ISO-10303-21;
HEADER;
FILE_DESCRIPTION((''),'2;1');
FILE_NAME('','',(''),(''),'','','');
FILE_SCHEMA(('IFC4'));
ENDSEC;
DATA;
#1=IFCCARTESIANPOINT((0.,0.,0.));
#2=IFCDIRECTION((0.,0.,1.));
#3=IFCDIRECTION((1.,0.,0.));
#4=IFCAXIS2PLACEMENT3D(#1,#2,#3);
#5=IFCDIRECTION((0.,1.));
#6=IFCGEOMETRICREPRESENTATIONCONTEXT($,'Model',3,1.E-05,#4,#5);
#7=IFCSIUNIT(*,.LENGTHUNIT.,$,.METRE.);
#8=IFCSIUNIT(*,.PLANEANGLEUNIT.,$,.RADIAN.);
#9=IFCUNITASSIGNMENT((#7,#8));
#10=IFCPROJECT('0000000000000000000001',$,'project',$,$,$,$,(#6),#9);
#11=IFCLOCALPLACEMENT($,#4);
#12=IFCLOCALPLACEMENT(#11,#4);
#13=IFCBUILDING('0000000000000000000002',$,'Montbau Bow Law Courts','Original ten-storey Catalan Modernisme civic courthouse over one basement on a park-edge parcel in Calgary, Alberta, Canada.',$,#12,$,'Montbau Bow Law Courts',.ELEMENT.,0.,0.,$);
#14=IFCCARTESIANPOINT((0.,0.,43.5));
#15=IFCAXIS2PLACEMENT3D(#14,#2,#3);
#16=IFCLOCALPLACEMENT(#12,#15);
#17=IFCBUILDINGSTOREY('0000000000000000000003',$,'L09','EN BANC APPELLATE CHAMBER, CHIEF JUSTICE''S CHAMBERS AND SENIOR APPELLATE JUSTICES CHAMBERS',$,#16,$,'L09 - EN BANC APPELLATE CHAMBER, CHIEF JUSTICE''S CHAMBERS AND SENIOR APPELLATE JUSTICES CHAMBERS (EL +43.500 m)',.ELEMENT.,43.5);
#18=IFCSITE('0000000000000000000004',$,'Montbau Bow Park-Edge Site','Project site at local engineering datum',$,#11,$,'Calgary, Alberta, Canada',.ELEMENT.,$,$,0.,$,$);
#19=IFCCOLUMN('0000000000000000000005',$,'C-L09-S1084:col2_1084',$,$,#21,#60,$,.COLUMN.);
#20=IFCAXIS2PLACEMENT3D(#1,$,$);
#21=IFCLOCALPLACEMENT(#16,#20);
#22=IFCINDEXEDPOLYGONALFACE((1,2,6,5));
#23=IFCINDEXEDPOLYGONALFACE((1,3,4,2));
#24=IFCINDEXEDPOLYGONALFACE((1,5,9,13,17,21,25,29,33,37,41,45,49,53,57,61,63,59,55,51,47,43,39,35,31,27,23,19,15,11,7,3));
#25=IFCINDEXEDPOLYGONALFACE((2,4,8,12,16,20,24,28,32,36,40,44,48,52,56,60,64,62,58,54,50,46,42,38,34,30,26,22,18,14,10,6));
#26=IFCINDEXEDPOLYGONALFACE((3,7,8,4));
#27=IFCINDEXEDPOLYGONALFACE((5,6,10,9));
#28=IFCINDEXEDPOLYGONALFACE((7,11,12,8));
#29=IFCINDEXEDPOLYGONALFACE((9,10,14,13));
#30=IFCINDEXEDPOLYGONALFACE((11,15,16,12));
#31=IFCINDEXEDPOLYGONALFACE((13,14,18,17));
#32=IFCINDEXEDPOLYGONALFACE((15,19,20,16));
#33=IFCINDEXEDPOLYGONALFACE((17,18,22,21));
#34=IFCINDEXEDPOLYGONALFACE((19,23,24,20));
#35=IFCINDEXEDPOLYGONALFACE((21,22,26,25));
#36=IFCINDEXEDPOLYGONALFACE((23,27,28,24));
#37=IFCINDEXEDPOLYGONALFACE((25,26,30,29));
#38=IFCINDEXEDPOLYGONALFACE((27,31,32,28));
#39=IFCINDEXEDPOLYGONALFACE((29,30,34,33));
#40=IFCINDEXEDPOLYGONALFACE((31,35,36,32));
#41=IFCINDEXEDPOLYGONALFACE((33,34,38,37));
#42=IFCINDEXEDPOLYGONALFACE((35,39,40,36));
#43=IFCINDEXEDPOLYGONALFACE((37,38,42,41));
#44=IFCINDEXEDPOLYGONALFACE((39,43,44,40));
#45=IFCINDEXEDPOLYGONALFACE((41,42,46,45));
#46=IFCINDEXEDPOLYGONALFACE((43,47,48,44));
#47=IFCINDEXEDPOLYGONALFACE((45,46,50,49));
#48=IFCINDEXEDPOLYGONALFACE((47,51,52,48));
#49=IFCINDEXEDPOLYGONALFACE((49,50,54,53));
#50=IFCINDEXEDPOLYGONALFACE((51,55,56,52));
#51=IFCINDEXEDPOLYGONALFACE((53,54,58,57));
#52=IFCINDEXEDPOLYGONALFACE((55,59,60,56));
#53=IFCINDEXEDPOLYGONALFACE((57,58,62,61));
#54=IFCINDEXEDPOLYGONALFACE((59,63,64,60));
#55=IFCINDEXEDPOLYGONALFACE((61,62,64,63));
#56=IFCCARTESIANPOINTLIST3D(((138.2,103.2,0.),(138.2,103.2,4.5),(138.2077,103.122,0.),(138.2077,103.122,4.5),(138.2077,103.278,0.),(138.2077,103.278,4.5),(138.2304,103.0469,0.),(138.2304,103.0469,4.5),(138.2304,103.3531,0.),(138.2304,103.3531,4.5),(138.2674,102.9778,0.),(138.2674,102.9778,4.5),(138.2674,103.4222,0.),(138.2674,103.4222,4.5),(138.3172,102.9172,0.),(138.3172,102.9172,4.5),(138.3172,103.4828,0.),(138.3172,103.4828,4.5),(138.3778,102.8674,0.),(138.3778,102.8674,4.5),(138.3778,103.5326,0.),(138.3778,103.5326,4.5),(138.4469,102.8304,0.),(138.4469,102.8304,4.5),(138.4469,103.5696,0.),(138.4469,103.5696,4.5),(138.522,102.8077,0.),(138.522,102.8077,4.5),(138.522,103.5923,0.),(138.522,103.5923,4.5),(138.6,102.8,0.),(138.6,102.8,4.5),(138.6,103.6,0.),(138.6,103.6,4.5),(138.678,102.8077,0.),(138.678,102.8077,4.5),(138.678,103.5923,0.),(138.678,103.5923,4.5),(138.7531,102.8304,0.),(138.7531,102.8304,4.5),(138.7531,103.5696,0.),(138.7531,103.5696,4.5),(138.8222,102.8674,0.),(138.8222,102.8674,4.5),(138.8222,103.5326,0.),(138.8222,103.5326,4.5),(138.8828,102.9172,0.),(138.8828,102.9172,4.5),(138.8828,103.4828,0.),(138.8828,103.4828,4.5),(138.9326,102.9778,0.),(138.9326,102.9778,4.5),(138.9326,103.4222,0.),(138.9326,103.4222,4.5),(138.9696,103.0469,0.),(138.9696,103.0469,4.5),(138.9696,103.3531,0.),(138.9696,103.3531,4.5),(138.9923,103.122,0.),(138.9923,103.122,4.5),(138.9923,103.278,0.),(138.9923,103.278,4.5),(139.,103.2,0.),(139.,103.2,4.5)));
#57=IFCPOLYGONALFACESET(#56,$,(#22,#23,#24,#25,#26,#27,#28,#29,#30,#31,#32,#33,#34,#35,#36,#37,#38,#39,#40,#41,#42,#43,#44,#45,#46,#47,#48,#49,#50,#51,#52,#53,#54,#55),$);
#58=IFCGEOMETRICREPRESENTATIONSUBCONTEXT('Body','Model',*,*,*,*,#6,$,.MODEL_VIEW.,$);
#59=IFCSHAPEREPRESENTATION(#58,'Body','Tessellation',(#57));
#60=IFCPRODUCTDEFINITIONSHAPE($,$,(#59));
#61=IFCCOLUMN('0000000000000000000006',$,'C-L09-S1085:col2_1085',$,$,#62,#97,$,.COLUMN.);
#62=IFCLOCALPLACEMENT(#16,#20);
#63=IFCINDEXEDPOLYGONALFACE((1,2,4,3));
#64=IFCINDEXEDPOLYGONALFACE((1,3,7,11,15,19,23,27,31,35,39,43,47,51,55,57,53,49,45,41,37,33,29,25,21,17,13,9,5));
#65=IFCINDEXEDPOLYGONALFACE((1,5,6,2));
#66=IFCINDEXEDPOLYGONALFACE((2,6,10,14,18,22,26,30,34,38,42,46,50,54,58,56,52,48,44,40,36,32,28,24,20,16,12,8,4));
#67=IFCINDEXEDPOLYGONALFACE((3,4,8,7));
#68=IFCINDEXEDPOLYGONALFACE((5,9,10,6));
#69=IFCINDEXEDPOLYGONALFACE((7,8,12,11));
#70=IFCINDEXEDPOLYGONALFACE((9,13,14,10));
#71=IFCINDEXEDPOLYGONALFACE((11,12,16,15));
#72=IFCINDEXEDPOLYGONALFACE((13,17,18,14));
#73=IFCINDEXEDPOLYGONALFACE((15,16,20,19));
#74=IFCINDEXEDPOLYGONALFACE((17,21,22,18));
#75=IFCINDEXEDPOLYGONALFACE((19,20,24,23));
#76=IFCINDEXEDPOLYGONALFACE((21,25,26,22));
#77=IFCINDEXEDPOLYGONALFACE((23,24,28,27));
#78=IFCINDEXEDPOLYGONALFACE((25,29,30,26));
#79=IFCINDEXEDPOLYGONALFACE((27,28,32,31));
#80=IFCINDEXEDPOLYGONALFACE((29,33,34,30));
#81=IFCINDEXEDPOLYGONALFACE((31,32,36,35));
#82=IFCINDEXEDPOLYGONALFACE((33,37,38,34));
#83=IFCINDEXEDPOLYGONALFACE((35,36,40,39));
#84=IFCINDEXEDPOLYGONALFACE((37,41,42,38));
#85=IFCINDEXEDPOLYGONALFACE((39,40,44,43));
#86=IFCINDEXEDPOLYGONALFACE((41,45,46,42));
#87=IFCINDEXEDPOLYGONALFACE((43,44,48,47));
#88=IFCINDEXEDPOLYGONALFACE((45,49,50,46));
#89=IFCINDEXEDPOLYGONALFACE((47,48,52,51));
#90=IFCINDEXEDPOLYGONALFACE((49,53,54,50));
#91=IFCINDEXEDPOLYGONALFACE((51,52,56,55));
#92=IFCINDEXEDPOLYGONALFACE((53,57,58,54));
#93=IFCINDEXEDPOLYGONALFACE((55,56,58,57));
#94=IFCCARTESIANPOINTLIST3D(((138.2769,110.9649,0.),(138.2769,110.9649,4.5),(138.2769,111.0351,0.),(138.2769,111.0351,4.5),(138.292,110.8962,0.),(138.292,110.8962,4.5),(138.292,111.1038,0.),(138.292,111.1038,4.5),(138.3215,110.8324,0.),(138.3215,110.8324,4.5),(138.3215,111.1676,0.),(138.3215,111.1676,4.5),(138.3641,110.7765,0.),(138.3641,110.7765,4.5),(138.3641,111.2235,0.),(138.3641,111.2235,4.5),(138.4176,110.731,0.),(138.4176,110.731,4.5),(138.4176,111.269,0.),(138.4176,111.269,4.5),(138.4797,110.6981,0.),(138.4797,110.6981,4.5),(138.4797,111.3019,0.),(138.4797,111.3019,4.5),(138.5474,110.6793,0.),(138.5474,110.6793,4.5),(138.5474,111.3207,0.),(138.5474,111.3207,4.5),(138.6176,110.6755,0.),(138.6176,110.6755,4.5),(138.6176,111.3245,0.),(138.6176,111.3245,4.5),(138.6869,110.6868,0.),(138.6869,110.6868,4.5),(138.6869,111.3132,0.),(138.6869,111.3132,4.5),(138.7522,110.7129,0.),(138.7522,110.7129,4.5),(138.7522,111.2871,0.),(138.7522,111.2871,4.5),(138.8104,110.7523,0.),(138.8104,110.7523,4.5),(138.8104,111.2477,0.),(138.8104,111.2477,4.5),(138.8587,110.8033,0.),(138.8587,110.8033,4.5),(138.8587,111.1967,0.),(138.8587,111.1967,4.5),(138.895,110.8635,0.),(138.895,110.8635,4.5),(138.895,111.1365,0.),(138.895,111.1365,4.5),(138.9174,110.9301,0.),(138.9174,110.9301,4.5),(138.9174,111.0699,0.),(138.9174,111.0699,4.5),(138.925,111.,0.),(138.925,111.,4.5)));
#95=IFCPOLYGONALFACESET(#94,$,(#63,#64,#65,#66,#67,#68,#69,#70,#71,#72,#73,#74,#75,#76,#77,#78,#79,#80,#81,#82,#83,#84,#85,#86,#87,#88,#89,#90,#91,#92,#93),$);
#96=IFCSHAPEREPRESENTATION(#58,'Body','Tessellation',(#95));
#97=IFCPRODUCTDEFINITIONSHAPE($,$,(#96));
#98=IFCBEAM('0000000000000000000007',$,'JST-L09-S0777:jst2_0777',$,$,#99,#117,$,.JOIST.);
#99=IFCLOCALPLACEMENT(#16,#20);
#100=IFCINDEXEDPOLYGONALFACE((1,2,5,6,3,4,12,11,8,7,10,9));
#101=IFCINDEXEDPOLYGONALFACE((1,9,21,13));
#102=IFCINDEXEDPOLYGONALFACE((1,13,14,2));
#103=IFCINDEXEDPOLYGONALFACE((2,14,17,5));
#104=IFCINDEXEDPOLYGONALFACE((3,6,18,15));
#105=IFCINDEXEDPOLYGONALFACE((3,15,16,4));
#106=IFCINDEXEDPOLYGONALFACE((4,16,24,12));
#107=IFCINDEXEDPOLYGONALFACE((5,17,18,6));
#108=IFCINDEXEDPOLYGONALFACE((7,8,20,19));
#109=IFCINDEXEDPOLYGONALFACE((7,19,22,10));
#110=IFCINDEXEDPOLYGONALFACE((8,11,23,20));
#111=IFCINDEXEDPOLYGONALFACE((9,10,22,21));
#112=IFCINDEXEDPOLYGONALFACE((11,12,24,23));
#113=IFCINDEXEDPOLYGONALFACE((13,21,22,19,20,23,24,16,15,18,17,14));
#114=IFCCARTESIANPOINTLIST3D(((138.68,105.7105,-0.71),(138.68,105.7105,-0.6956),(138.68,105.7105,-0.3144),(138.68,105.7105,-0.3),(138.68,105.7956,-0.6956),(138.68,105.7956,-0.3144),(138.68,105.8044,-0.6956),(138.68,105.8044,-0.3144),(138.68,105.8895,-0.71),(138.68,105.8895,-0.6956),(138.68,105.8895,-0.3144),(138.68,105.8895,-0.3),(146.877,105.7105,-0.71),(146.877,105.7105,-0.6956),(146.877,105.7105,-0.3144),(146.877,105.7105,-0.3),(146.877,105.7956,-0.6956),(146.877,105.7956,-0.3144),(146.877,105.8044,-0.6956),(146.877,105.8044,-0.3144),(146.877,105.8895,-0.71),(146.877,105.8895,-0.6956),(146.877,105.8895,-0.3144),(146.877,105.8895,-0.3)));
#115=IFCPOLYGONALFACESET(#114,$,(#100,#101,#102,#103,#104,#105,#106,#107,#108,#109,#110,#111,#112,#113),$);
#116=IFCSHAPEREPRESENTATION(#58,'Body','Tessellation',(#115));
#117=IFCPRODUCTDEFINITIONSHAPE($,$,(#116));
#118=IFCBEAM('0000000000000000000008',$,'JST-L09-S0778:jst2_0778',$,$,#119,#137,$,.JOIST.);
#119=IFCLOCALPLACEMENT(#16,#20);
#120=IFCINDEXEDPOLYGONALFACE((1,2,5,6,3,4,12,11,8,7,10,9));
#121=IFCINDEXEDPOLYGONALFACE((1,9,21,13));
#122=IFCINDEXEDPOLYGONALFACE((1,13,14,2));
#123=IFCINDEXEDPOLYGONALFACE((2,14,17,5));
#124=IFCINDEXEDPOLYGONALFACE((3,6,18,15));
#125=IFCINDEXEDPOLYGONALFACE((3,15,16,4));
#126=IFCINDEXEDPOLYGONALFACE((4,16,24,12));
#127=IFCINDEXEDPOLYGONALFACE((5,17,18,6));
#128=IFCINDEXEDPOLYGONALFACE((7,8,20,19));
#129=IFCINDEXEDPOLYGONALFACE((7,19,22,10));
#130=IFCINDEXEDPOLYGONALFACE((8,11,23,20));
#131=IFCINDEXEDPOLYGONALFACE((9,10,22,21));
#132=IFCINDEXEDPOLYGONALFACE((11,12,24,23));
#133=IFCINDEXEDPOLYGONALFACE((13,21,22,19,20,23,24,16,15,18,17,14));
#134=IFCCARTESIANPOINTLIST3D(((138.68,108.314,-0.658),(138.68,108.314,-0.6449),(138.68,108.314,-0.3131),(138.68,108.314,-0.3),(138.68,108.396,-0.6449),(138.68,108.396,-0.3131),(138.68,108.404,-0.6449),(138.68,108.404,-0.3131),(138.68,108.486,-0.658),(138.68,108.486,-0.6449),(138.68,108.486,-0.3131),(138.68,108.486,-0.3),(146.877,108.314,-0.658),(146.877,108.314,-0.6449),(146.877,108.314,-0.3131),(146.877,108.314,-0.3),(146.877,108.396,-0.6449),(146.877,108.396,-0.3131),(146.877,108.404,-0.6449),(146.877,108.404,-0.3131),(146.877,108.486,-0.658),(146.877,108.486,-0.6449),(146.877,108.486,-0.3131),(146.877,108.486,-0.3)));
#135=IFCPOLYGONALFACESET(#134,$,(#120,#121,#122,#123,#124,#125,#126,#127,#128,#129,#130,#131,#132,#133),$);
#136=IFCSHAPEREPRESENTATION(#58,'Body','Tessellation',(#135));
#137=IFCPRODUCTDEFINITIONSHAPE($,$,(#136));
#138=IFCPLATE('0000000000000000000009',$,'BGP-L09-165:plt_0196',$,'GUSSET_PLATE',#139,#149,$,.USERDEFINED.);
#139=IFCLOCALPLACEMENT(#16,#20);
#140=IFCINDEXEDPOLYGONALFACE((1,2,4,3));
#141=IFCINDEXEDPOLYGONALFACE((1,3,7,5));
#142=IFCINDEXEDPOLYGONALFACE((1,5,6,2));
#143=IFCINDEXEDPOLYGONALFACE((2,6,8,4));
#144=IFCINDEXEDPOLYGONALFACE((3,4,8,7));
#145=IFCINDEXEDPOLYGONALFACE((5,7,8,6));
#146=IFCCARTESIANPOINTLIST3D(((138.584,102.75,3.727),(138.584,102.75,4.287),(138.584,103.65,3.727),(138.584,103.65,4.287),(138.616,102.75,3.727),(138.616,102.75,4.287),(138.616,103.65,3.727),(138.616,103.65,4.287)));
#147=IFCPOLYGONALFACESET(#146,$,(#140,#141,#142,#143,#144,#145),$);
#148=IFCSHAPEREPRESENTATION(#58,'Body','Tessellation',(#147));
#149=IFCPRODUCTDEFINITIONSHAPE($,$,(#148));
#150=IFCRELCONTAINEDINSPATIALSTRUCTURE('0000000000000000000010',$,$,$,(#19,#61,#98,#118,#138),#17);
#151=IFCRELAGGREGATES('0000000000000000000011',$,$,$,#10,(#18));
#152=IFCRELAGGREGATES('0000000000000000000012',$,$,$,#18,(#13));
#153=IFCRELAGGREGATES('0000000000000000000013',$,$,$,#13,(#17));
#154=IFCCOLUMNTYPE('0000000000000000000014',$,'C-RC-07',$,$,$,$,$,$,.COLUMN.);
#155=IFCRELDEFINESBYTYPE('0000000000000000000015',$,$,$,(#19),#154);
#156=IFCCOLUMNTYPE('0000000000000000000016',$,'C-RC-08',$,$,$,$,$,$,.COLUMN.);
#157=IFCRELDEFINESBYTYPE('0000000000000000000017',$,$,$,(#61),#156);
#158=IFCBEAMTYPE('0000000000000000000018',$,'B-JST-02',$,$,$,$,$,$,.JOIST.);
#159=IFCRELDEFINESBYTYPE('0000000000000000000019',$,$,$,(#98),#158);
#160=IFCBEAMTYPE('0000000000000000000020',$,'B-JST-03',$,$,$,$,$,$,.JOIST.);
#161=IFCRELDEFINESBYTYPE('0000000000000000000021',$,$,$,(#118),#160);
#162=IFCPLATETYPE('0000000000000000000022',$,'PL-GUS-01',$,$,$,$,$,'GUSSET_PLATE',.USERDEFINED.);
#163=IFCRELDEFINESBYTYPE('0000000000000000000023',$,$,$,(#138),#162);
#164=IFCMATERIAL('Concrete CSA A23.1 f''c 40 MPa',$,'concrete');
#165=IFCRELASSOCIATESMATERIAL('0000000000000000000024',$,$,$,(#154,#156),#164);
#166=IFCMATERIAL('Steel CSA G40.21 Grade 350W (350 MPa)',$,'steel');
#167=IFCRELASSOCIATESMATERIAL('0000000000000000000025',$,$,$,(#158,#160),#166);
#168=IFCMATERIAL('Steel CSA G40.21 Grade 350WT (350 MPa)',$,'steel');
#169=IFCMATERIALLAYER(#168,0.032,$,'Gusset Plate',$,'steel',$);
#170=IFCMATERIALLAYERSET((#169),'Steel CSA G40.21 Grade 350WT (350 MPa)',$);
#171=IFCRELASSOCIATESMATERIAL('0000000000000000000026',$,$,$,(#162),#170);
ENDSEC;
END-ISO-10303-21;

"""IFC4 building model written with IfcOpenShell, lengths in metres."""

from ifc_helpers import new_model, si_unit, direction, frame, origin_with_axes, origin_2d_with_axis, place, context, subcontext, project, spatial, rectangle, circle, i_section, extrude, material, layer, layer_set, material_profile, profile_set, type_object, element, save


model = new_model("IFC4")

# Units and contexts
model_context = context("Model", 3, precision=1e-05, world=origin_with_axes(), true_north=direction((0.0, 1.0)))
body_context = subcontext(model_context, "Body", "Model", "MODEL_VIEW")
ifc_project = project(units=[si_unit("LENGTHUNIT", "METRE"), si_unit("PLANEANGLEUNIT", "RADIAN")], contexts=[model_context])

# Site, building, storey
site_placement = place(None, origin_with_axes())
site = spatial("IfcSite", under=ifc_project, at=site_placement, Name="Montbau Bow Park-Edge Site", Description="Project site at local engineering datum", LongName="Calgary, Alberta, Canada", CompositionType="ELEMENT", RefElevation=0.0)
building_placement = place(site_placement, origin_with_axes())
building = spatial("IfcBuilding", under=site, at=building_placement, Name="Montbau Bow Law Courts", Description="Original ten-storey Catalan Modernisme civic courthouse over one basement on a park-edge parcel in Calgary, Alberta, Canada.", LongName="Montbau Bow Law Courts", CompositionType="ELEMENT", ElevationOfRefHeight=0.0, ElevationOfTerrain=0.0)
storey_placement = place(building_placement, frame((0.0, 0.0, 43.5), z_axis=(0.0, 0.0, 1.0), x_axis=(1.0, 0.0, 0.0)))
storey = spatial("IfcBuildingStorey", under=building, at=storey_placement, Name="L09", Description="EN BANC APPELLATE CHAMBER, CHIEF JUSTICE'S CHAMBERS AND SENIOR APPELLATE JUSTICES CHAMBERS", LongName="L09 - EN BANC APPELLATE CHAMBER, CHIEF JUSTICE'S CHAMBERS AND SENIOR APPELLATE JUSTICES CHAMBERS (EL +43.500 m)", CompositionType="ELEMENT", Elevation=43.5)

# Columns
ifc_material_1 = material(Name="Concrete CSA A23.1 f'c 40 MPa", Category="concrete")
ifc_material_profile_1 = material_profile(ifc_material_1, circle(Radius=0.4, at=origin_2d_with_axis()), Name="RC800D", Category="Main", Priority=0)
ifc_profile_set_1 = profile_set([ifc_material_profile_1], Name="Concrete CSA A23.1 f'c 40 MPa")
column_type_1 = type_object("IfcColumnType", Name="C-RC-07", PredefinedType="COLUMN", material=ifc_profile_set_1)
column_1_placement = place(None, frame((138.6, 103.2, 43.5), z_axis=(0.0, 0.0, 1.0), x_axis=(1.0, 0.0, 0.0)))
element("IfcColumn", 1, at=column_1_placement, inside=storey, type_object=column_type_1, Name="C-L09-S1084:col2_1084", PredefinedType="COLUMN", context=body_context, shape_type="SweptSolid", body=[
    extrude(circle(Radius=0.4, at=origin_2d_with_axis()), origin_with_axes(), (0.0, 0.0, 1.0), 4.5),
])
ifc_material_profile_2 = material_profile(ifc_material_1, circle(Radius=0.325, at=origin_2d_with_axis()), Name="RC650D", Category="Main", Priority=0)
ifc_profile_set_2 = profile_set([ifc_material_profile_2], Name="Concrete CSA A23.1 f'c 40 MPa")
column_type_2 = type_object("IfcColumnType", Name="C-RC-08", PredefinedType="COLUMN", material=ifc_profile_set_2)
column_2_placement = place(None, frame((138.6, 111.0, 43.5), z_axis=(0.0, 0.0, 1.0), x_axis=(1.0, 0.0, 0.0)))
element("IfcColumn", 2, at=column_2_placement, inside=storey, type_object=column_type_2, Name="C-L09-S1085:col2_1085", PredefinedType="COLUMN", context=body_context, shape_type="SweptSolid", body=[
    extrude(circle(Radius=0.325, at=origin_2d_with_axis()), origin_with_axes(), (0.0, 0.0, 1.0), 4.5),
])

# Beams
ifc_material_2 = material(Name="Steel CSA G40.21 Grade 350W (350 MPa)", Category="steel")
ifc_material_profile_3 = material_profile(ifc_material_2, i_section(OverallWidth=0.179, OverallDepth=0.41, WebThickness=0.0088, FlangeThickness=0.0144, at=origin_2d_with_axis()), Name="W410X67", Category="Main", Priority=0)
ifc_profile_set_3 = profile_set([ifc_material_profile_3], Name="Steel CSA G40.21 Grade 350W (350 MPa)")
beam_type_1 = type_object("IfcBeamType", Name="B-JST-02", PredefinedType="JOIST", material=ifc_profile_set_3)
beam_1_placement = place(None, frame((138.68, 105.8, 42.995), z_axis=(1.0, 0.0, 0.0), x_axis=(0.0, 1.0, 0.0)))
element("IfcBeam", 3, at=beam_1_placement, inside=storey, type_object=beam_type_1, Name="JST-L09-S0777:jst2_0777", PredefinedType="JOIST", context=body_context, shape_type="SweptSolid", body=[
    extrude(i_section(OverallWidth=0.179, OverallDepth=0.41, WebThickness=0.0088, FlangeThickness=0.0144, at=origin_2d_with_axis()), origin_with_axes(), (0.0, 0.0, 1.0), 8.197),
])
ifc_material_profile_4 = material_profile(ifc_material_2, i_section(OverallWidth=0.172, OverallDepth=0.358, WebThickness=0.0079, FlangeThickness=0.0131, at=origin_2d_with_axis()), Name="W360X57", Category="Main", Priority=0)
ifc_profile_set_4 = profile_set([ifc_material_profile_4], Name="Steel CSA G40.21 Grade 350W (350 MPa)")
beam_type_2 = type_object("IfcBeamType", Name="B-JST-03", PredefinedType="JOIST", material=ifc_profile_set_4)
beam_2_placement = place(None, frame((138.68, 108.4, 43.021), z_axis=(1.0, 0.0, 0.0), x_axis=(0.0, 1.0, 0.0)))
element("IfcBeam", 4, at=beam_2_placement, inside=storey, type_object=beam_type_2, Name="JST-L09-S0778:jst2_0778", PredefinedType="JOIST", context=body_context, shape_type="SweptSolid", body=[
    extrude(i_section(OverallWidth=0.172, OverallDepth=0.358, WebThickness=0.0079, FlangeThickness=0.0131, at=origin_2d_with_axis()), origin_with_axes(), (0.0, 0.0, 1.0), 8.197),
])

# Plate
ifc_material_3 = material(Name="Steel CSA G40.21 Grade 350WT (350 MPa)", Category="steel")
ifc_layer_1 = layer(ifc_material_3, 0.032, Name="Gusset Plate", Category="steel")
ifc_layer_set_1 = layer_set([ifc_layer_1], Name="Steel CSA G40.21 Grade 350WT (350 MPa)")
plate_type = type_object("IfcPlateType", Name="PL-GUS-01", ElementType="GUSSET_PLATE", PredefinedType="USERDEFINED", material=ifc_layer_set_1)
plate_placement = place(None, frame((138.6, 103.2, 47.227), z_axis=(0.0, 0.0, 1.0), x_axis=(0.0, 1.0, 0.0)))
element("IfcPlate", 5, at=plate_placement, inside=storey, type_object=plate_type, Name="BGP-L09-165:plt_0196", ObjectType="GUSSET_PLATE", PredefinedType="USERDEFINED", context=body_context, shape_type="SweptSolid", body=[
    extrude(rectangle(XDim=0.9, YDim=0.032, at=origin_2d_with_axis()), origin_with_axes(), (0.0, 0.0, 1.0), 0.56),
])

save(model, "model.ifc")
